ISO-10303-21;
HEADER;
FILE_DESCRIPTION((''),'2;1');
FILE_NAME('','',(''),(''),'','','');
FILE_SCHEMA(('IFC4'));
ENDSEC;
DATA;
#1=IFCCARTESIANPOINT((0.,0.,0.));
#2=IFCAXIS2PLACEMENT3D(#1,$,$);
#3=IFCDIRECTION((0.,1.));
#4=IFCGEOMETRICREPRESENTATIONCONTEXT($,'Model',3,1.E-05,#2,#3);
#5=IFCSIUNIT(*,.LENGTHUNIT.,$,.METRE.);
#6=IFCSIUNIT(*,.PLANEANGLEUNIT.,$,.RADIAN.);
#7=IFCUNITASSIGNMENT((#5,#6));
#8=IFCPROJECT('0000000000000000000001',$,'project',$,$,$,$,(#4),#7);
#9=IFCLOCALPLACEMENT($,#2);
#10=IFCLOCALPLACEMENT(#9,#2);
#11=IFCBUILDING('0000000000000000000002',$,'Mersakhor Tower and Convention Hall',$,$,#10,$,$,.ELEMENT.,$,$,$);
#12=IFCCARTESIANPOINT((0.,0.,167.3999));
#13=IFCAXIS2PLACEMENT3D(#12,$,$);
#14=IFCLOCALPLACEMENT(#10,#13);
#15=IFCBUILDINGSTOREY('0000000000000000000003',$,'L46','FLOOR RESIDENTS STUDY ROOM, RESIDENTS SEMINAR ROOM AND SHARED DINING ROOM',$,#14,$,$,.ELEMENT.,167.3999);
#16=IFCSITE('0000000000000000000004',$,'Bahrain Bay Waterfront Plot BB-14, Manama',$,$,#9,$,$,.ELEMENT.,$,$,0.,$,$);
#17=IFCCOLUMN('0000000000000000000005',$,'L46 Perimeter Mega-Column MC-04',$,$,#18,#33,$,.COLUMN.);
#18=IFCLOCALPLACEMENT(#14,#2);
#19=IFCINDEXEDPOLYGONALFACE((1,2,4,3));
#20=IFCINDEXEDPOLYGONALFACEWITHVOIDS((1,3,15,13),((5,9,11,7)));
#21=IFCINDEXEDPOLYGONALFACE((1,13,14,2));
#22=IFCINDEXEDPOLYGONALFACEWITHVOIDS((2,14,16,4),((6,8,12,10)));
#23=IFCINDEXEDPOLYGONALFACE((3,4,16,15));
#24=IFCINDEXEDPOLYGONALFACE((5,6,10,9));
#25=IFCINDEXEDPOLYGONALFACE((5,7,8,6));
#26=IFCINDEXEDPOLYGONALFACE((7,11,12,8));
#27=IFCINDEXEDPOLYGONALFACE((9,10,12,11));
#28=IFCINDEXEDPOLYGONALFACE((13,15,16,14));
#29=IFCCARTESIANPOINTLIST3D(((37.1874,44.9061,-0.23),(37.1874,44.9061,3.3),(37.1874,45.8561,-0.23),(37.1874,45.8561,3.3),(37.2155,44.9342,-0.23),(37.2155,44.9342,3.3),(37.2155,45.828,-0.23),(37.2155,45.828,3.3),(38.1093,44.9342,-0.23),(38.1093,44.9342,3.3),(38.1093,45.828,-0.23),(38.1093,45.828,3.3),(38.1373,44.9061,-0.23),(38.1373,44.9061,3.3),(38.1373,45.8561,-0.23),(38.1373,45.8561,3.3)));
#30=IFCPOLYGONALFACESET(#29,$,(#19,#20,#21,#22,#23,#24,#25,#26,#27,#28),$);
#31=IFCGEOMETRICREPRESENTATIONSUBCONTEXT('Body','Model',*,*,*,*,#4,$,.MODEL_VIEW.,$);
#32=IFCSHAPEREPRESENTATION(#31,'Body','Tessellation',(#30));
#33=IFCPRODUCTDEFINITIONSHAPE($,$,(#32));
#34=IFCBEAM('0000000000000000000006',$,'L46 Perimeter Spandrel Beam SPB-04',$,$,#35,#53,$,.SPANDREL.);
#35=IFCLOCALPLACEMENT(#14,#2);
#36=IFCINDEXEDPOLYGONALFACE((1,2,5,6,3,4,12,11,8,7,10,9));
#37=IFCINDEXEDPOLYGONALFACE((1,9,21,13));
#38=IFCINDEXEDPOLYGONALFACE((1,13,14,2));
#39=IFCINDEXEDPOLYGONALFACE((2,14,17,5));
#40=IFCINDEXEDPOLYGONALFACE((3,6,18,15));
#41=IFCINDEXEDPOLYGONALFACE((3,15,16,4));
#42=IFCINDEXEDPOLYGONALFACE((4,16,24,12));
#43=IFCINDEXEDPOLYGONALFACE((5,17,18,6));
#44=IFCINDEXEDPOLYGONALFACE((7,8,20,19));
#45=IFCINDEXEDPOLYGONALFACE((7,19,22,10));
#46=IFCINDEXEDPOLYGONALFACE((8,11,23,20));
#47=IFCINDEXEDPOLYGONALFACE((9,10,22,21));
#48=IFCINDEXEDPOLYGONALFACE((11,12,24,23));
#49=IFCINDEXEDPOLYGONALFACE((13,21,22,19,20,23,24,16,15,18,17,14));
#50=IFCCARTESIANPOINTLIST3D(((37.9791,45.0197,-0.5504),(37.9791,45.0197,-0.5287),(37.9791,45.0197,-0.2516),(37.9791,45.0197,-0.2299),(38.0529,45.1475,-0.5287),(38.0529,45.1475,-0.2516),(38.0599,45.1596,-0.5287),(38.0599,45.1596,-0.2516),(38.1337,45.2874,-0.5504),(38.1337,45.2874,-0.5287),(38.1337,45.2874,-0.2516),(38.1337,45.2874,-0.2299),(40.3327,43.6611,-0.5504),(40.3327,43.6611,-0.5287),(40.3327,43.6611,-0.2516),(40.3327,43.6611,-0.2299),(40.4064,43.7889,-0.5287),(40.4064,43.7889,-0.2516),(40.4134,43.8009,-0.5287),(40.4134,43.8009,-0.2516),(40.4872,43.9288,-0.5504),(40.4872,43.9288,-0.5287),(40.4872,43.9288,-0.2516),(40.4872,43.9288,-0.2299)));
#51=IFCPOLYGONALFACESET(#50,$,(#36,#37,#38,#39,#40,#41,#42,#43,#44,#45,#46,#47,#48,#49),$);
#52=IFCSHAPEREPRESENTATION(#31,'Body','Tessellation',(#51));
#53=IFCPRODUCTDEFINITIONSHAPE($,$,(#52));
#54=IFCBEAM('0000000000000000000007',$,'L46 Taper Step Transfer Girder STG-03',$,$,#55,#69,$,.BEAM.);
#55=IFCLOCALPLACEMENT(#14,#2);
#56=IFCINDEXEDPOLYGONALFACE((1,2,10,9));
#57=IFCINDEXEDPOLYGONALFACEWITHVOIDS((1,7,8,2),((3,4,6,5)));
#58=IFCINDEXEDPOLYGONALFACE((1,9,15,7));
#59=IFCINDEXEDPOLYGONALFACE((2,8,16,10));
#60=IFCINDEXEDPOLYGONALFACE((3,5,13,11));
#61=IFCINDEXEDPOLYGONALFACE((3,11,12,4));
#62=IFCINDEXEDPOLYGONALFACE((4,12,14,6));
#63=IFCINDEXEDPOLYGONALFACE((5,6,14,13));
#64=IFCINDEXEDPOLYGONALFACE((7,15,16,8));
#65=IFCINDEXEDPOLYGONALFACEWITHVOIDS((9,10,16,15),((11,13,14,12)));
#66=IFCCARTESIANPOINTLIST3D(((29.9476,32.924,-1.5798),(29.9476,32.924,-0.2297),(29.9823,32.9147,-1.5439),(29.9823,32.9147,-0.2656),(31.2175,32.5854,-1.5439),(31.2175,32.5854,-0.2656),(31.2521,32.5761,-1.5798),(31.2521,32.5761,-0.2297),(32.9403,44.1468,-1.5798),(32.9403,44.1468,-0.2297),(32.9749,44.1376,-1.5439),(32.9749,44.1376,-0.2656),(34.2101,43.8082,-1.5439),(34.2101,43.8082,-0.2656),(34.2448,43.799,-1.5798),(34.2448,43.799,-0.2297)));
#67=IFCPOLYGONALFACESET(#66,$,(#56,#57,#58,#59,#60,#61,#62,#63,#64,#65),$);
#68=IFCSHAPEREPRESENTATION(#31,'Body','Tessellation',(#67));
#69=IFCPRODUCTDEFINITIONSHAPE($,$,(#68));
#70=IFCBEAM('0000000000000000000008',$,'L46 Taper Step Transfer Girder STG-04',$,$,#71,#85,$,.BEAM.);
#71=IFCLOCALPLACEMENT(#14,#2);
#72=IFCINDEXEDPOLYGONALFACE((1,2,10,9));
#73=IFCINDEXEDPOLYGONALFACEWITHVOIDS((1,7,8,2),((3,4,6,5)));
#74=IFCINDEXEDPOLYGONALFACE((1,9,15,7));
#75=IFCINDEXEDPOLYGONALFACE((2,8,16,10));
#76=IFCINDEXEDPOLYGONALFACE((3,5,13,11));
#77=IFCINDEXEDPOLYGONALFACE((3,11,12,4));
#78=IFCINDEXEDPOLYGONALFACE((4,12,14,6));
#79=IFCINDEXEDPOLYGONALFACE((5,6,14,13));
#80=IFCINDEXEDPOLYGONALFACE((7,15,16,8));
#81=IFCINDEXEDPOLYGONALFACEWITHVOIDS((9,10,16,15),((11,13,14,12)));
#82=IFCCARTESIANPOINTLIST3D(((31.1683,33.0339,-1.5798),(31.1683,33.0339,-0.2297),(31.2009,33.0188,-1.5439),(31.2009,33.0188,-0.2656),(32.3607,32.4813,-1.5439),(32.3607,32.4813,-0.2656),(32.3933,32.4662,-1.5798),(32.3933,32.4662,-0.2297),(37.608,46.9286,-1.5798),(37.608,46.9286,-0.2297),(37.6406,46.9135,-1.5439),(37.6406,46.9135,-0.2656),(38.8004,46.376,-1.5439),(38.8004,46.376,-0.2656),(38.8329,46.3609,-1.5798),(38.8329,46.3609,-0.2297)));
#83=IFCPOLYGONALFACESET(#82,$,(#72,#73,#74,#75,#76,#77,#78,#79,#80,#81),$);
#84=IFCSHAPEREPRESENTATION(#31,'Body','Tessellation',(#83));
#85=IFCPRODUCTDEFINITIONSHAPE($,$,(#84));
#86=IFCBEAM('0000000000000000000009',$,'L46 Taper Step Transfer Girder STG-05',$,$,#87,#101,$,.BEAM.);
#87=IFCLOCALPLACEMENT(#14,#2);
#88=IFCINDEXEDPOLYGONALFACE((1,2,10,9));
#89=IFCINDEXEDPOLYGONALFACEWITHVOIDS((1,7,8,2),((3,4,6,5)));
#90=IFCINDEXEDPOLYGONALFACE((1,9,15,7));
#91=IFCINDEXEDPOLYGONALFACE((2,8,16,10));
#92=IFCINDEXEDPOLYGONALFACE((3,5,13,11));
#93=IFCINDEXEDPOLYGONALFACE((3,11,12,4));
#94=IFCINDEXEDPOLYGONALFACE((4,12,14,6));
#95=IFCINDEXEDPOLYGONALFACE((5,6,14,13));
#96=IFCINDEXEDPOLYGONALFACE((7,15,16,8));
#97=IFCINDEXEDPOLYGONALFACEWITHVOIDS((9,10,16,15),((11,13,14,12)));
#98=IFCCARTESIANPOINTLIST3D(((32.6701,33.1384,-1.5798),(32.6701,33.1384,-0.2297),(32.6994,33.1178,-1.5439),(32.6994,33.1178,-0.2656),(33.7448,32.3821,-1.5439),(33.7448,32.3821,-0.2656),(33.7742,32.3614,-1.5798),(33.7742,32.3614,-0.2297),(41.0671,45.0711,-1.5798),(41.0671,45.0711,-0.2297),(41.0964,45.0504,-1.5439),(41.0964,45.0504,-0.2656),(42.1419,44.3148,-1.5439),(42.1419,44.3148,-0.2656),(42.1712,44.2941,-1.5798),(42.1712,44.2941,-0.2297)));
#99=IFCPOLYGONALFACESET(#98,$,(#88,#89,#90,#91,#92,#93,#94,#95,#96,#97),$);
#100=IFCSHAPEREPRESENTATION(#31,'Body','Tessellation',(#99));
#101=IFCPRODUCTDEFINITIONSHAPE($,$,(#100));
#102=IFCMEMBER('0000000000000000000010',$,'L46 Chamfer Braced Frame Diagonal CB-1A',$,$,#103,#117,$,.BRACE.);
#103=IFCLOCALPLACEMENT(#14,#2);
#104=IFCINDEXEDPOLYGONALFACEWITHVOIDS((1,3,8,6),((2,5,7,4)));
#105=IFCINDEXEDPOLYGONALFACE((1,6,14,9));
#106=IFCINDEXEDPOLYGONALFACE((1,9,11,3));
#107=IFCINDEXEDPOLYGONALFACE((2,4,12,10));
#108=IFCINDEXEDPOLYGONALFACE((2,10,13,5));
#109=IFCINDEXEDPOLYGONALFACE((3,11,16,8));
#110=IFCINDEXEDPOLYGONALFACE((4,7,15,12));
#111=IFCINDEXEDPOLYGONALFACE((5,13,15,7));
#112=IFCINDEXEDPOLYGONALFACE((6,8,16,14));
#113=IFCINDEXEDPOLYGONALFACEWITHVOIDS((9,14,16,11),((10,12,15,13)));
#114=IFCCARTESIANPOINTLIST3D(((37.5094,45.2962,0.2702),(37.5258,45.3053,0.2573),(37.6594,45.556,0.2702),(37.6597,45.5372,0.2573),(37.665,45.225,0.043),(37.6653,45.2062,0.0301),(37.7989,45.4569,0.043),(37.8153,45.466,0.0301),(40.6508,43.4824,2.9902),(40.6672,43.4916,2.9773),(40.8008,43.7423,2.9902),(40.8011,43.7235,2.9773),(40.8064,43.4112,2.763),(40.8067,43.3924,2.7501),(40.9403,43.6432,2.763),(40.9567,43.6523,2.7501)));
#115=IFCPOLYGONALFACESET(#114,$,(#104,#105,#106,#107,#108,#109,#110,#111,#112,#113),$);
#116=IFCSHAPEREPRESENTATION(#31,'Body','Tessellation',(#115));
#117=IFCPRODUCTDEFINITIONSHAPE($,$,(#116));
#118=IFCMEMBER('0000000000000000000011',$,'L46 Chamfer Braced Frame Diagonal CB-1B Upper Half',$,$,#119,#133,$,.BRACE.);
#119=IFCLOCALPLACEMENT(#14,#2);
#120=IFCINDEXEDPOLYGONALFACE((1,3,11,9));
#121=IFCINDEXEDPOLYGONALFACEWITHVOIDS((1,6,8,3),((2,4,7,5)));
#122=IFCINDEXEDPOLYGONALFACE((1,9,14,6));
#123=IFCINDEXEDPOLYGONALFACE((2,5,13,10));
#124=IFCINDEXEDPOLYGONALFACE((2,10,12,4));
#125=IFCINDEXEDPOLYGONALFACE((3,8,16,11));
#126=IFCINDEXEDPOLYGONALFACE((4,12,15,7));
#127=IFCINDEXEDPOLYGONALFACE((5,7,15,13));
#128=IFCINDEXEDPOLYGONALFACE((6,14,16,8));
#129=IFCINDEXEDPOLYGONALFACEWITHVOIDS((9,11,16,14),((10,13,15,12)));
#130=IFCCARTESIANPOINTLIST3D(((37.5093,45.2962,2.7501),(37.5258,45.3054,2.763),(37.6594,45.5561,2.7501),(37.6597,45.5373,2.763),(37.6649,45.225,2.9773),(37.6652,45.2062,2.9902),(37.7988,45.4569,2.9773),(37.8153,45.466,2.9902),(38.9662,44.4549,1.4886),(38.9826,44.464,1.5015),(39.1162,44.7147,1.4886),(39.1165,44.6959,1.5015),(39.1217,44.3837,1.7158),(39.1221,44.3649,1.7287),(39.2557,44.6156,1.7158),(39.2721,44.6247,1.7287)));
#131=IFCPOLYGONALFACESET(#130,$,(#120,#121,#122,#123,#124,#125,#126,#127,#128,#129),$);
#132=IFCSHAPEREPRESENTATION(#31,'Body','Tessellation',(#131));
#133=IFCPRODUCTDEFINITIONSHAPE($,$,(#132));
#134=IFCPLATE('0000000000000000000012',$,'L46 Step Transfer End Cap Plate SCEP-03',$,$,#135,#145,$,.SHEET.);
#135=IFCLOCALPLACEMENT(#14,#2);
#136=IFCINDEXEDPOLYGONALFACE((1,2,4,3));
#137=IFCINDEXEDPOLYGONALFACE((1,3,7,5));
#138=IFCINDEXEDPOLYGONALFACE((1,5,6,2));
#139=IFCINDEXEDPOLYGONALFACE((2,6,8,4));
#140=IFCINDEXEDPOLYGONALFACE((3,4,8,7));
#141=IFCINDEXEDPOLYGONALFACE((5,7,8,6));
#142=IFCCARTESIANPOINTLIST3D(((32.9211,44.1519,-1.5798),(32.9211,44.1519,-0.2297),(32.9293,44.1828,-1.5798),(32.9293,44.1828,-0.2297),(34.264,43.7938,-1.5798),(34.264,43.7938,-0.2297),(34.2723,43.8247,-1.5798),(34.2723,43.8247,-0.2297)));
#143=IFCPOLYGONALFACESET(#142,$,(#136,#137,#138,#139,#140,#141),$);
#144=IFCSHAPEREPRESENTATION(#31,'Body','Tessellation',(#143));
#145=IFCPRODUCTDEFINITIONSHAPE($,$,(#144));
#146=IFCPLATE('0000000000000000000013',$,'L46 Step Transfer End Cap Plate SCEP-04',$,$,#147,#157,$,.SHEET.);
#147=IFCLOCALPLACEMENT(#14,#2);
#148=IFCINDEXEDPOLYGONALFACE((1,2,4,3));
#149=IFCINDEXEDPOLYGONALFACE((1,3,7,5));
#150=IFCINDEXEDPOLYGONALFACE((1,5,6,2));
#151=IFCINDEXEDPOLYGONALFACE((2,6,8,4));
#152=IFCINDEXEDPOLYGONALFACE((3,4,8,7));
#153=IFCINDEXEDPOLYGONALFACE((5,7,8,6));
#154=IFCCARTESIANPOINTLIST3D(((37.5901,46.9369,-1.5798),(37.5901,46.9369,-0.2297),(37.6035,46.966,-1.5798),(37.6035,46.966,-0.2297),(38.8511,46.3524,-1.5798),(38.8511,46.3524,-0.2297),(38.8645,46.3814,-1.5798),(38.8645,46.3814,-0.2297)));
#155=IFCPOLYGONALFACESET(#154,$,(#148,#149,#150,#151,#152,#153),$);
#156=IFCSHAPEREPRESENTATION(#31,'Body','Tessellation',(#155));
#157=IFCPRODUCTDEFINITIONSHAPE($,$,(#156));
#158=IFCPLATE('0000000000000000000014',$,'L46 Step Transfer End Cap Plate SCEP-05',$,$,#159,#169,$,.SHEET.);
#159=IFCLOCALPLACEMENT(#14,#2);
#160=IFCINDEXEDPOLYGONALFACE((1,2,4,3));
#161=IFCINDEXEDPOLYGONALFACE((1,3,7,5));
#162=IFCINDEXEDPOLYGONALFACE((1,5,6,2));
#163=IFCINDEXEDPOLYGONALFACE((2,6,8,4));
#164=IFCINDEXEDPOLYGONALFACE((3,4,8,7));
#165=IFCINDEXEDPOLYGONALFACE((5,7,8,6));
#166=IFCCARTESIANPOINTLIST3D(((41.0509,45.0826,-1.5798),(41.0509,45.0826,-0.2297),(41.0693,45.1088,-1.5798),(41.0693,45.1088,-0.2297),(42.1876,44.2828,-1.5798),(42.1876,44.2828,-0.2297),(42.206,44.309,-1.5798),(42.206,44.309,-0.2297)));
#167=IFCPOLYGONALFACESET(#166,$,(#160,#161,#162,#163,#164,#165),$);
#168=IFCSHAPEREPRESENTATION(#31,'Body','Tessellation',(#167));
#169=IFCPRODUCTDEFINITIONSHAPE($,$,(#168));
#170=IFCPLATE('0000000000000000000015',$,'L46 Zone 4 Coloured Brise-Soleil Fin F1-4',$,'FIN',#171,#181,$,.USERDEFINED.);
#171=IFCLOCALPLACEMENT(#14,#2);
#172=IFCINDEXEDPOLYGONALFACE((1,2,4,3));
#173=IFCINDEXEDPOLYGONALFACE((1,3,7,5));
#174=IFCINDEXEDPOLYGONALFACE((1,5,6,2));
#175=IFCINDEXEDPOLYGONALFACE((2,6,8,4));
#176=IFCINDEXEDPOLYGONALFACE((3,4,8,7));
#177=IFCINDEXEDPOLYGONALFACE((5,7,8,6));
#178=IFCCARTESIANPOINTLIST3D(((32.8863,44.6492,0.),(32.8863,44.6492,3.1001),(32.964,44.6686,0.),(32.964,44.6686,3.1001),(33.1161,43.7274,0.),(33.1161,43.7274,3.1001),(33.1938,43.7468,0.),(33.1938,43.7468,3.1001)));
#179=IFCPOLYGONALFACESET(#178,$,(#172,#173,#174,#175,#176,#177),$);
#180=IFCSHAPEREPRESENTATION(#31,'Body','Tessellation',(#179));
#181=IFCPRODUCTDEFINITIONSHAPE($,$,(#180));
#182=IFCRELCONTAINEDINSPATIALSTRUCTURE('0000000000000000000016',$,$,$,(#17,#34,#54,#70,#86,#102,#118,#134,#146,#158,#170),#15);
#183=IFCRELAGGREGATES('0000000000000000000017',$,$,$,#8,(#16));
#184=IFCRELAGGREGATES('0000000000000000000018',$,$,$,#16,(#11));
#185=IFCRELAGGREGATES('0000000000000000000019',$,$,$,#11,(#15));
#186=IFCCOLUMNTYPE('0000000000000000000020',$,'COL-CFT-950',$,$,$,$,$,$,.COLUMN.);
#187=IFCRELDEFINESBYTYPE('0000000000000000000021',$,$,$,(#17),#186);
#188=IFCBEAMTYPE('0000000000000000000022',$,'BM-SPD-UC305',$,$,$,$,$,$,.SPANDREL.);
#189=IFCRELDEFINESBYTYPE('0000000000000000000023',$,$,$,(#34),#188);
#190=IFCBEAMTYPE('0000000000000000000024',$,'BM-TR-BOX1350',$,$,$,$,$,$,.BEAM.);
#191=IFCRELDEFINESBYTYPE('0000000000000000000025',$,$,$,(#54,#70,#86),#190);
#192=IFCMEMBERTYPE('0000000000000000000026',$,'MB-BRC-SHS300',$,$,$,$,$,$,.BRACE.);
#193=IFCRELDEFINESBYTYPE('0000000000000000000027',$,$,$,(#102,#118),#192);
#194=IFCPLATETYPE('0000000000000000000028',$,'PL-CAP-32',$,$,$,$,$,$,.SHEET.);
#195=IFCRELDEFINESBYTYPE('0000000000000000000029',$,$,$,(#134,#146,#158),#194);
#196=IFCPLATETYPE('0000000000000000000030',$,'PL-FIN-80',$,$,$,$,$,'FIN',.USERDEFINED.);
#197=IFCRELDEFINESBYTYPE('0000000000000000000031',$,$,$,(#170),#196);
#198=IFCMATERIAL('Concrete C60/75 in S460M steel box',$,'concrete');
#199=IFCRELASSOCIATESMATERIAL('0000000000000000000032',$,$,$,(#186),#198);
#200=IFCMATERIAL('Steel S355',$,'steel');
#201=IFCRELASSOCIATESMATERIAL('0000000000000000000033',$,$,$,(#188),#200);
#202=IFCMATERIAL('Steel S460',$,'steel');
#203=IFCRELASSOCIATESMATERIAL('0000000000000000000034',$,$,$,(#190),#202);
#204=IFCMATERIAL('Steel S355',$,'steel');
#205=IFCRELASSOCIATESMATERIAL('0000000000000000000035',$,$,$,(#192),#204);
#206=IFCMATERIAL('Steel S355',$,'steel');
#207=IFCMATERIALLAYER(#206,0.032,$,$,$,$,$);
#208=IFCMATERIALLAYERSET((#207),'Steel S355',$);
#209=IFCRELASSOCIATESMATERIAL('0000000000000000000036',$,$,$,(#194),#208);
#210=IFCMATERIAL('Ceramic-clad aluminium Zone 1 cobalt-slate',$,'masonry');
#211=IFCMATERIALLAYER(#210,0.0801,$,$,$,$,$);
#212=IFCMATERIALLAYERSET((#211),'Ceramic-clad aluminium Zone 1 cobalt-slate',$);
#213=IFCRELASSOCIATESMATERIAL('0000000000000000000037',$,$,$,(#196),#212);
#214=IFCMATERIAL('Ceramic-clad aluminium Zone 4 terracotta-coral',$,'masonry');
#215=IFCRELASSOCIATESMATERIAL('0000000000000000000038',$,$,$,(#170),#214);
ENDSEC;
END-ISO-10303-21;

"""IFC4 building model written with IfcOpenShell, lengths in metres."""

from ifc_helpers import new_model, si_unit, direction, frame, origin, origin_2d, place, context, subcontext, project, spatial, rectangle, hollow_rectangle, i_section, extrude, material, layer, layer_set, material_profile, profile_set, type_object, element, save


model = new_model("IFC4")

# Units and contexts
model_context = context("Model", 3, precision=1e-05, world=origin(), true_north=direction((0.0, 1.0)))
body_context = subcontext(model_context, "Body", "Model", "MODEL_VIEW")
ifc_project = project(units=[si_unit("LENGTHUNIT", "METRE"), si_unit("PLANEANGLEUNIT", "RADIAN")], contexts=[model_context])

# Site, building, storey
site_placement = place(None, origin())
site = spatial("IfcSite", under=ifc_project, at=site_placement, Name="Bahrain Bay Waterfront Plot BB-14, Manama", CompositionType="ELEMENT", RefElevation=0.0)
building_placement = place(site_placement, origin())
building = spatial("IfcBuilding", under=site, at=building_placement, Name="Mersakhor Tower and Convention Hall", CompositionType="ELEMENT")
storey_placement = place(building_placement, frame((0.0, 0.0, 167.3999)))
storey = spatial("IfcBuildingStorey", under=building, at=storey_placement, Name="L46", Description="FLOOR RESIDENTS STUDY ROOM, RESIDENTS SEMINAR ROOM AND SHARED DINING ROOM", CompositionType="ELEMENT", Elevation=167.3999)

# Column
ifc_material_1 = material(Name="Concrete C60/75 in S460M steel box", Category="concrete")
ifc_material_profile_1 = material_profile(ifc_material_1, hollow_rectangle(XDim=0.95, YDim=0.95, WallThickness=0.0281, at=origin_2d()), Name="SHS 950x950x28")
ifc_profile_set_1 = profile_set([ifc_material_profile_1], Name="Concrete C60/75 in S460M steel box")
column_type = type_object("IfcColumnType", Name="COL-CFT-950", PredefinedType="COLUMN", material=ifc_profile_set_1)
column_placement = place(storey_placement, frame((37.6624, 45.3811, -0.23), z_axis=(0.0, 0.0, 1.0), x_axis=(1.0, 0.0, 0.0)))
element("IfcColumn", 1, at=column_placement, inside=storey, type_object=column_type, Name="L46 Perimeter Mega-Column MC-04", PredefinedType="COLUMN", context=body_context, shape_type="SweptSolid", body=[
    extrude(hollow_rectangle(XDim=0.95, YDim=0.95, WallThickness=0.0281, at=origin_2d()), origin(), (0.0, 0.0, 1.0), 3.53),
])

# Beams
ifc_material_2 = material(Name="Steel S355", Category="steel")
ifc_material_profile_2 = material_profile(ifc_material_2, i_section(OverallWidth=0.3091, OverallDepth=0.3206, WebThickness=0.0139, FlangeThickness=0.0217, at=origin_2d()), Name="UC 305x305x137")
ifc_profile_set_2 = profile_set([ifc_material_profile_2], Name="Steel S355")
beam_type_1 = type_object("IfcBeamType", Name="BM-SPD-UC305", PredefinedType="SPANDREL", material=ifc_profile_set_2)
beam_1_placement = place(storey_placement, frame((38.0564, 45.1536, -0.3901), z_axis=(0.866051, -0.499956, 0.0), x_axis=(0.499956, 0.866051, 0.0)))
element("IfcBeam", 2, at=beam_1_placement, inside=storey, type_object=beam_type_1, Name="L46 Perimeter Spandrel Beam SPB-04", PredefinedType="SPANDREL", context=body_context, shape_type="SweptSolid", body=[
    extrude(i_section(OverallWidth=0.3091, OverallDepth=0.3206, WebThickness=0.0139, FlangeThickness=0.0217, at=origin_2d()), origin(), (0.0, 0.0, 1.0), 2.7175),
])
ifc_material_3 = material(Name="Steel S460", Category="steel")
ifc_material_profile_3 = material_profile(ifc_material_3, hollow_rectangle(XDim=1.3501, YDim=1.3501, WallThickness=0.0359, at=origin_2d()), Name="SHS 1350x1350x36")
ifc_profile_set_3 = profile_set([ifc_material_profile_3], Name="Steel S460")
beam_type_2 = type_object("IfcBeamType", Name="BM-TR-BOX1350", PredefinedType="BEAM", material=ifc_profile_set_3)
beam_2_placement = place(storey_placement, frame((33.5925, 43.9729, -0.9048), z_axis=(-0.257655, -0.966237, 0.0), x_axis=(0.966237, -0.257655, 0.0)))
element("IfcBeam", 3, at=beam_2_placement, inside=storey, type_object=beam_type_2, Name="L46 Taper Step Transfer Girder STG-03", PredefinedType="BEAM", context=body_context, shape_type="SweptSolid", body=[
    extrude(hollow_rectangle(XDim=1.3501, YDim=1.3501, WallThickness=0.0359, at=origin_2d()), origin(), (0.0, 0.0, 1.0), 11.615),
])
beam_3_placement = place(storey_placement, frame((38.2205, 46.6448, -0.9048), z_axis=(-0.420496, -0.907294, 0.0), x_axis=(0.907294, -0.420496, 0.0)))
element("IfcBeam", 4, at=beam_3_placement, inside=storey, type_object=beam_type_2, Name="L46 Taper Step Transfer Girder STG-04", PredefinedType="BEAM", context=body_context, shape_type="SweptSolid", body=[
    extrude(hollow_rectangle(XDim=1.3501, YDim=1.3501, WallThickness=0.0359, at=origin_2d()), origin(), (0.0, 0.0, 1.0), 15.3145),
])
beam_4_placement = place(storey_placement, frame((41.6191, 44.6826, -0.9048), z_axis=(-0.575491, -0.817808, 0.0), x_axis=(0.817808, -0.575491, 0.0)))
element("IfcBeam", 5, at=beam_4_placement, inside=storey, type_object=beam_type_2, Name="L46 Taper Step Transfer Girder STG-05", PredefinedType="BEAM", context=body_context, shape_type="SweptSolid", body=[
    extrude(hollow_rectangle(XDim=1.3501, YDim=1.3501, WallThickness=0.0359, at=origin_2d()), origin(), (0.0, 0.0, 1.0), 14.5911),
])

# Members
ifc_material_4 = material(Name="Steel S355", Category="steel")
ifc_material_profile_4 = material_profile(ifc_material_4, hollow_rectangle(XDim=0.3, YDim=0.3, WallThickness=0.0161, at=origin_2d()), Name="SHS 300x300x16")
ifc_profile_set_4 = profile_set([ifc_material_profile_4], Name="Steel S355")
member_type = type_object("IfcMemberType", Name="MB-BRC-SHS300", PredefinedType="BRACE", material=ifc_profile_set_4)
member_1_placement = place(storey_placement, frame((37.6624, 45.3811, 0.1501), z_axis=(0.692865, -0.400038, 0.599923), x_axis=(0.500012, 0.866019, 0.0)))
element("IfcMember", 6, at=member_1_placement, inside=storey, type_object=member_type, Name="L46 Chamfer Braced Frame Diagonal CB-1A", PredefinedType="BRACE", context=body_context, shape_type="SweptSolid", body=[
    extrude(hollow_rectangle(XDim=0.3, YDim=0.3, WallThickness=0.0161, at=origin_2d()), origin(), (0.0, 0.0, 1.0), 4.5339),
])
member_2_placement = place(storey_placement, frame((39.1191, 44.5398, 1.6086), z_axis=(-0.692817, 0.400109, 0.599931), x_axis=(-0.500104, -0.865966, 0.0)))
element("IfcMember", 7, at=member_2_placement, inside=storey, type_object=member_type, Name="L46 Chamfer Braced Frame Diagonal CB-1B Upper Half", PredefinedType="BRACE", context=body_context, shape_type="SweptSolid", body=[
    extrude(hollow_rectangle(XDim=0.3, YDim=0.3, WallThickness=0.0161, at=origin_2d()), origin(), (0.0, 0.0, 1.0), 2.1028),
])

# Plates
ifc_material_5 = material(Name="Steel S355", Category="steel")
ifc_layer_1 = layer(ifc_material_5, 0.032)
ifc_layer_set_1 = layer_set([ifc_layer_1], Name="Steel S355")
plate_type_1 = type_object("IfcPlateType", Name="PL-CAP-32", PredefinedType="SHEET", material=ifc_layer_set_1)
for number, where, z_axis, x_axis, name in (
    (8, (33.5967, 43.9883, -1.5798), (0.0, 0.0, 1.0), (-0.257639, -0.966241, 0.0), "L46 Step Transfer End Cap Plate SCEP-03"),
    (9, (38.2273, 46.6592, -1.5798), (0.0, 0.0, 1.0), (-0.420561, -0.907264, 0.0), "L46 Step Transfer End Cap Plate SCEP-04"),
    (10, (41.6284, 44.6958, -1.5798), (0.0, 0.0, 1.0), (-0.575434, -0.817849, 0.0), "L46 Step Transfer End Cap Plate SCEP-05"),
):
    element("IfcPlate", number, at=place(storey_placement, frame(where, z_axis=z_axis, x_axis=x_axis)), inside=storey, type_object=plate_type_1, Name=name, PredefinedType="SHEET", context=body_context, shape_type="SweptSolid", body=[
        extrude(rectangle(XDim=0.032, YDim=1.3899, at=origin_2d()), origin(), (0.0, 0.0, 1.0), 1.3501),
    ])
ifc_material_6 = material(Name="Ceramic-clad aluminium Zone 4 terracotta-coral", Category="masonry")
ifc_material_7 = material(Name="Ceramic-clad aluminium Zone 1 cobalt-slate", Category="masonry")
ifc_layer_2 = layer(ifc_material_7, 0.0801)
ifc_layer_set_2 = layer_set([ifc_layer_2], Name="Ceramic-clad aluminium Zone 1 cobalt-slate")
plate_type_2 = type_object("IfcPlateType", Name="PL-FIN-80", ElementType="FIN", PredefinedType="USERDEFINED", material=ifc_layer_set_2)
plate_1_placement = place(storey_placement, frame((33.04, 44.198, 0.0), z_axis=(0.0, 0.0, 1.0), x_axis=(-0.241922, 0.970296, 0.0)))
element("IfcPlate", 11, at=plate_1_placement, inside=storey, type_object=plate_type_2, material=ifc_material_6, Name="L46 Zone 4 Coloured Brise-Soleil Fin F1-4", ObjectType="FIN", PredefinedType="USERDEFINED", context=body_context, shape_type="SweptSolid", body=[
    extrude(rectangle(XDim=0.95, YDim=0.0801, at=origin_2d()), origin(), (0.0, 0.0, 1.0), 3.1001),
])

save(model, "model.ifc")
